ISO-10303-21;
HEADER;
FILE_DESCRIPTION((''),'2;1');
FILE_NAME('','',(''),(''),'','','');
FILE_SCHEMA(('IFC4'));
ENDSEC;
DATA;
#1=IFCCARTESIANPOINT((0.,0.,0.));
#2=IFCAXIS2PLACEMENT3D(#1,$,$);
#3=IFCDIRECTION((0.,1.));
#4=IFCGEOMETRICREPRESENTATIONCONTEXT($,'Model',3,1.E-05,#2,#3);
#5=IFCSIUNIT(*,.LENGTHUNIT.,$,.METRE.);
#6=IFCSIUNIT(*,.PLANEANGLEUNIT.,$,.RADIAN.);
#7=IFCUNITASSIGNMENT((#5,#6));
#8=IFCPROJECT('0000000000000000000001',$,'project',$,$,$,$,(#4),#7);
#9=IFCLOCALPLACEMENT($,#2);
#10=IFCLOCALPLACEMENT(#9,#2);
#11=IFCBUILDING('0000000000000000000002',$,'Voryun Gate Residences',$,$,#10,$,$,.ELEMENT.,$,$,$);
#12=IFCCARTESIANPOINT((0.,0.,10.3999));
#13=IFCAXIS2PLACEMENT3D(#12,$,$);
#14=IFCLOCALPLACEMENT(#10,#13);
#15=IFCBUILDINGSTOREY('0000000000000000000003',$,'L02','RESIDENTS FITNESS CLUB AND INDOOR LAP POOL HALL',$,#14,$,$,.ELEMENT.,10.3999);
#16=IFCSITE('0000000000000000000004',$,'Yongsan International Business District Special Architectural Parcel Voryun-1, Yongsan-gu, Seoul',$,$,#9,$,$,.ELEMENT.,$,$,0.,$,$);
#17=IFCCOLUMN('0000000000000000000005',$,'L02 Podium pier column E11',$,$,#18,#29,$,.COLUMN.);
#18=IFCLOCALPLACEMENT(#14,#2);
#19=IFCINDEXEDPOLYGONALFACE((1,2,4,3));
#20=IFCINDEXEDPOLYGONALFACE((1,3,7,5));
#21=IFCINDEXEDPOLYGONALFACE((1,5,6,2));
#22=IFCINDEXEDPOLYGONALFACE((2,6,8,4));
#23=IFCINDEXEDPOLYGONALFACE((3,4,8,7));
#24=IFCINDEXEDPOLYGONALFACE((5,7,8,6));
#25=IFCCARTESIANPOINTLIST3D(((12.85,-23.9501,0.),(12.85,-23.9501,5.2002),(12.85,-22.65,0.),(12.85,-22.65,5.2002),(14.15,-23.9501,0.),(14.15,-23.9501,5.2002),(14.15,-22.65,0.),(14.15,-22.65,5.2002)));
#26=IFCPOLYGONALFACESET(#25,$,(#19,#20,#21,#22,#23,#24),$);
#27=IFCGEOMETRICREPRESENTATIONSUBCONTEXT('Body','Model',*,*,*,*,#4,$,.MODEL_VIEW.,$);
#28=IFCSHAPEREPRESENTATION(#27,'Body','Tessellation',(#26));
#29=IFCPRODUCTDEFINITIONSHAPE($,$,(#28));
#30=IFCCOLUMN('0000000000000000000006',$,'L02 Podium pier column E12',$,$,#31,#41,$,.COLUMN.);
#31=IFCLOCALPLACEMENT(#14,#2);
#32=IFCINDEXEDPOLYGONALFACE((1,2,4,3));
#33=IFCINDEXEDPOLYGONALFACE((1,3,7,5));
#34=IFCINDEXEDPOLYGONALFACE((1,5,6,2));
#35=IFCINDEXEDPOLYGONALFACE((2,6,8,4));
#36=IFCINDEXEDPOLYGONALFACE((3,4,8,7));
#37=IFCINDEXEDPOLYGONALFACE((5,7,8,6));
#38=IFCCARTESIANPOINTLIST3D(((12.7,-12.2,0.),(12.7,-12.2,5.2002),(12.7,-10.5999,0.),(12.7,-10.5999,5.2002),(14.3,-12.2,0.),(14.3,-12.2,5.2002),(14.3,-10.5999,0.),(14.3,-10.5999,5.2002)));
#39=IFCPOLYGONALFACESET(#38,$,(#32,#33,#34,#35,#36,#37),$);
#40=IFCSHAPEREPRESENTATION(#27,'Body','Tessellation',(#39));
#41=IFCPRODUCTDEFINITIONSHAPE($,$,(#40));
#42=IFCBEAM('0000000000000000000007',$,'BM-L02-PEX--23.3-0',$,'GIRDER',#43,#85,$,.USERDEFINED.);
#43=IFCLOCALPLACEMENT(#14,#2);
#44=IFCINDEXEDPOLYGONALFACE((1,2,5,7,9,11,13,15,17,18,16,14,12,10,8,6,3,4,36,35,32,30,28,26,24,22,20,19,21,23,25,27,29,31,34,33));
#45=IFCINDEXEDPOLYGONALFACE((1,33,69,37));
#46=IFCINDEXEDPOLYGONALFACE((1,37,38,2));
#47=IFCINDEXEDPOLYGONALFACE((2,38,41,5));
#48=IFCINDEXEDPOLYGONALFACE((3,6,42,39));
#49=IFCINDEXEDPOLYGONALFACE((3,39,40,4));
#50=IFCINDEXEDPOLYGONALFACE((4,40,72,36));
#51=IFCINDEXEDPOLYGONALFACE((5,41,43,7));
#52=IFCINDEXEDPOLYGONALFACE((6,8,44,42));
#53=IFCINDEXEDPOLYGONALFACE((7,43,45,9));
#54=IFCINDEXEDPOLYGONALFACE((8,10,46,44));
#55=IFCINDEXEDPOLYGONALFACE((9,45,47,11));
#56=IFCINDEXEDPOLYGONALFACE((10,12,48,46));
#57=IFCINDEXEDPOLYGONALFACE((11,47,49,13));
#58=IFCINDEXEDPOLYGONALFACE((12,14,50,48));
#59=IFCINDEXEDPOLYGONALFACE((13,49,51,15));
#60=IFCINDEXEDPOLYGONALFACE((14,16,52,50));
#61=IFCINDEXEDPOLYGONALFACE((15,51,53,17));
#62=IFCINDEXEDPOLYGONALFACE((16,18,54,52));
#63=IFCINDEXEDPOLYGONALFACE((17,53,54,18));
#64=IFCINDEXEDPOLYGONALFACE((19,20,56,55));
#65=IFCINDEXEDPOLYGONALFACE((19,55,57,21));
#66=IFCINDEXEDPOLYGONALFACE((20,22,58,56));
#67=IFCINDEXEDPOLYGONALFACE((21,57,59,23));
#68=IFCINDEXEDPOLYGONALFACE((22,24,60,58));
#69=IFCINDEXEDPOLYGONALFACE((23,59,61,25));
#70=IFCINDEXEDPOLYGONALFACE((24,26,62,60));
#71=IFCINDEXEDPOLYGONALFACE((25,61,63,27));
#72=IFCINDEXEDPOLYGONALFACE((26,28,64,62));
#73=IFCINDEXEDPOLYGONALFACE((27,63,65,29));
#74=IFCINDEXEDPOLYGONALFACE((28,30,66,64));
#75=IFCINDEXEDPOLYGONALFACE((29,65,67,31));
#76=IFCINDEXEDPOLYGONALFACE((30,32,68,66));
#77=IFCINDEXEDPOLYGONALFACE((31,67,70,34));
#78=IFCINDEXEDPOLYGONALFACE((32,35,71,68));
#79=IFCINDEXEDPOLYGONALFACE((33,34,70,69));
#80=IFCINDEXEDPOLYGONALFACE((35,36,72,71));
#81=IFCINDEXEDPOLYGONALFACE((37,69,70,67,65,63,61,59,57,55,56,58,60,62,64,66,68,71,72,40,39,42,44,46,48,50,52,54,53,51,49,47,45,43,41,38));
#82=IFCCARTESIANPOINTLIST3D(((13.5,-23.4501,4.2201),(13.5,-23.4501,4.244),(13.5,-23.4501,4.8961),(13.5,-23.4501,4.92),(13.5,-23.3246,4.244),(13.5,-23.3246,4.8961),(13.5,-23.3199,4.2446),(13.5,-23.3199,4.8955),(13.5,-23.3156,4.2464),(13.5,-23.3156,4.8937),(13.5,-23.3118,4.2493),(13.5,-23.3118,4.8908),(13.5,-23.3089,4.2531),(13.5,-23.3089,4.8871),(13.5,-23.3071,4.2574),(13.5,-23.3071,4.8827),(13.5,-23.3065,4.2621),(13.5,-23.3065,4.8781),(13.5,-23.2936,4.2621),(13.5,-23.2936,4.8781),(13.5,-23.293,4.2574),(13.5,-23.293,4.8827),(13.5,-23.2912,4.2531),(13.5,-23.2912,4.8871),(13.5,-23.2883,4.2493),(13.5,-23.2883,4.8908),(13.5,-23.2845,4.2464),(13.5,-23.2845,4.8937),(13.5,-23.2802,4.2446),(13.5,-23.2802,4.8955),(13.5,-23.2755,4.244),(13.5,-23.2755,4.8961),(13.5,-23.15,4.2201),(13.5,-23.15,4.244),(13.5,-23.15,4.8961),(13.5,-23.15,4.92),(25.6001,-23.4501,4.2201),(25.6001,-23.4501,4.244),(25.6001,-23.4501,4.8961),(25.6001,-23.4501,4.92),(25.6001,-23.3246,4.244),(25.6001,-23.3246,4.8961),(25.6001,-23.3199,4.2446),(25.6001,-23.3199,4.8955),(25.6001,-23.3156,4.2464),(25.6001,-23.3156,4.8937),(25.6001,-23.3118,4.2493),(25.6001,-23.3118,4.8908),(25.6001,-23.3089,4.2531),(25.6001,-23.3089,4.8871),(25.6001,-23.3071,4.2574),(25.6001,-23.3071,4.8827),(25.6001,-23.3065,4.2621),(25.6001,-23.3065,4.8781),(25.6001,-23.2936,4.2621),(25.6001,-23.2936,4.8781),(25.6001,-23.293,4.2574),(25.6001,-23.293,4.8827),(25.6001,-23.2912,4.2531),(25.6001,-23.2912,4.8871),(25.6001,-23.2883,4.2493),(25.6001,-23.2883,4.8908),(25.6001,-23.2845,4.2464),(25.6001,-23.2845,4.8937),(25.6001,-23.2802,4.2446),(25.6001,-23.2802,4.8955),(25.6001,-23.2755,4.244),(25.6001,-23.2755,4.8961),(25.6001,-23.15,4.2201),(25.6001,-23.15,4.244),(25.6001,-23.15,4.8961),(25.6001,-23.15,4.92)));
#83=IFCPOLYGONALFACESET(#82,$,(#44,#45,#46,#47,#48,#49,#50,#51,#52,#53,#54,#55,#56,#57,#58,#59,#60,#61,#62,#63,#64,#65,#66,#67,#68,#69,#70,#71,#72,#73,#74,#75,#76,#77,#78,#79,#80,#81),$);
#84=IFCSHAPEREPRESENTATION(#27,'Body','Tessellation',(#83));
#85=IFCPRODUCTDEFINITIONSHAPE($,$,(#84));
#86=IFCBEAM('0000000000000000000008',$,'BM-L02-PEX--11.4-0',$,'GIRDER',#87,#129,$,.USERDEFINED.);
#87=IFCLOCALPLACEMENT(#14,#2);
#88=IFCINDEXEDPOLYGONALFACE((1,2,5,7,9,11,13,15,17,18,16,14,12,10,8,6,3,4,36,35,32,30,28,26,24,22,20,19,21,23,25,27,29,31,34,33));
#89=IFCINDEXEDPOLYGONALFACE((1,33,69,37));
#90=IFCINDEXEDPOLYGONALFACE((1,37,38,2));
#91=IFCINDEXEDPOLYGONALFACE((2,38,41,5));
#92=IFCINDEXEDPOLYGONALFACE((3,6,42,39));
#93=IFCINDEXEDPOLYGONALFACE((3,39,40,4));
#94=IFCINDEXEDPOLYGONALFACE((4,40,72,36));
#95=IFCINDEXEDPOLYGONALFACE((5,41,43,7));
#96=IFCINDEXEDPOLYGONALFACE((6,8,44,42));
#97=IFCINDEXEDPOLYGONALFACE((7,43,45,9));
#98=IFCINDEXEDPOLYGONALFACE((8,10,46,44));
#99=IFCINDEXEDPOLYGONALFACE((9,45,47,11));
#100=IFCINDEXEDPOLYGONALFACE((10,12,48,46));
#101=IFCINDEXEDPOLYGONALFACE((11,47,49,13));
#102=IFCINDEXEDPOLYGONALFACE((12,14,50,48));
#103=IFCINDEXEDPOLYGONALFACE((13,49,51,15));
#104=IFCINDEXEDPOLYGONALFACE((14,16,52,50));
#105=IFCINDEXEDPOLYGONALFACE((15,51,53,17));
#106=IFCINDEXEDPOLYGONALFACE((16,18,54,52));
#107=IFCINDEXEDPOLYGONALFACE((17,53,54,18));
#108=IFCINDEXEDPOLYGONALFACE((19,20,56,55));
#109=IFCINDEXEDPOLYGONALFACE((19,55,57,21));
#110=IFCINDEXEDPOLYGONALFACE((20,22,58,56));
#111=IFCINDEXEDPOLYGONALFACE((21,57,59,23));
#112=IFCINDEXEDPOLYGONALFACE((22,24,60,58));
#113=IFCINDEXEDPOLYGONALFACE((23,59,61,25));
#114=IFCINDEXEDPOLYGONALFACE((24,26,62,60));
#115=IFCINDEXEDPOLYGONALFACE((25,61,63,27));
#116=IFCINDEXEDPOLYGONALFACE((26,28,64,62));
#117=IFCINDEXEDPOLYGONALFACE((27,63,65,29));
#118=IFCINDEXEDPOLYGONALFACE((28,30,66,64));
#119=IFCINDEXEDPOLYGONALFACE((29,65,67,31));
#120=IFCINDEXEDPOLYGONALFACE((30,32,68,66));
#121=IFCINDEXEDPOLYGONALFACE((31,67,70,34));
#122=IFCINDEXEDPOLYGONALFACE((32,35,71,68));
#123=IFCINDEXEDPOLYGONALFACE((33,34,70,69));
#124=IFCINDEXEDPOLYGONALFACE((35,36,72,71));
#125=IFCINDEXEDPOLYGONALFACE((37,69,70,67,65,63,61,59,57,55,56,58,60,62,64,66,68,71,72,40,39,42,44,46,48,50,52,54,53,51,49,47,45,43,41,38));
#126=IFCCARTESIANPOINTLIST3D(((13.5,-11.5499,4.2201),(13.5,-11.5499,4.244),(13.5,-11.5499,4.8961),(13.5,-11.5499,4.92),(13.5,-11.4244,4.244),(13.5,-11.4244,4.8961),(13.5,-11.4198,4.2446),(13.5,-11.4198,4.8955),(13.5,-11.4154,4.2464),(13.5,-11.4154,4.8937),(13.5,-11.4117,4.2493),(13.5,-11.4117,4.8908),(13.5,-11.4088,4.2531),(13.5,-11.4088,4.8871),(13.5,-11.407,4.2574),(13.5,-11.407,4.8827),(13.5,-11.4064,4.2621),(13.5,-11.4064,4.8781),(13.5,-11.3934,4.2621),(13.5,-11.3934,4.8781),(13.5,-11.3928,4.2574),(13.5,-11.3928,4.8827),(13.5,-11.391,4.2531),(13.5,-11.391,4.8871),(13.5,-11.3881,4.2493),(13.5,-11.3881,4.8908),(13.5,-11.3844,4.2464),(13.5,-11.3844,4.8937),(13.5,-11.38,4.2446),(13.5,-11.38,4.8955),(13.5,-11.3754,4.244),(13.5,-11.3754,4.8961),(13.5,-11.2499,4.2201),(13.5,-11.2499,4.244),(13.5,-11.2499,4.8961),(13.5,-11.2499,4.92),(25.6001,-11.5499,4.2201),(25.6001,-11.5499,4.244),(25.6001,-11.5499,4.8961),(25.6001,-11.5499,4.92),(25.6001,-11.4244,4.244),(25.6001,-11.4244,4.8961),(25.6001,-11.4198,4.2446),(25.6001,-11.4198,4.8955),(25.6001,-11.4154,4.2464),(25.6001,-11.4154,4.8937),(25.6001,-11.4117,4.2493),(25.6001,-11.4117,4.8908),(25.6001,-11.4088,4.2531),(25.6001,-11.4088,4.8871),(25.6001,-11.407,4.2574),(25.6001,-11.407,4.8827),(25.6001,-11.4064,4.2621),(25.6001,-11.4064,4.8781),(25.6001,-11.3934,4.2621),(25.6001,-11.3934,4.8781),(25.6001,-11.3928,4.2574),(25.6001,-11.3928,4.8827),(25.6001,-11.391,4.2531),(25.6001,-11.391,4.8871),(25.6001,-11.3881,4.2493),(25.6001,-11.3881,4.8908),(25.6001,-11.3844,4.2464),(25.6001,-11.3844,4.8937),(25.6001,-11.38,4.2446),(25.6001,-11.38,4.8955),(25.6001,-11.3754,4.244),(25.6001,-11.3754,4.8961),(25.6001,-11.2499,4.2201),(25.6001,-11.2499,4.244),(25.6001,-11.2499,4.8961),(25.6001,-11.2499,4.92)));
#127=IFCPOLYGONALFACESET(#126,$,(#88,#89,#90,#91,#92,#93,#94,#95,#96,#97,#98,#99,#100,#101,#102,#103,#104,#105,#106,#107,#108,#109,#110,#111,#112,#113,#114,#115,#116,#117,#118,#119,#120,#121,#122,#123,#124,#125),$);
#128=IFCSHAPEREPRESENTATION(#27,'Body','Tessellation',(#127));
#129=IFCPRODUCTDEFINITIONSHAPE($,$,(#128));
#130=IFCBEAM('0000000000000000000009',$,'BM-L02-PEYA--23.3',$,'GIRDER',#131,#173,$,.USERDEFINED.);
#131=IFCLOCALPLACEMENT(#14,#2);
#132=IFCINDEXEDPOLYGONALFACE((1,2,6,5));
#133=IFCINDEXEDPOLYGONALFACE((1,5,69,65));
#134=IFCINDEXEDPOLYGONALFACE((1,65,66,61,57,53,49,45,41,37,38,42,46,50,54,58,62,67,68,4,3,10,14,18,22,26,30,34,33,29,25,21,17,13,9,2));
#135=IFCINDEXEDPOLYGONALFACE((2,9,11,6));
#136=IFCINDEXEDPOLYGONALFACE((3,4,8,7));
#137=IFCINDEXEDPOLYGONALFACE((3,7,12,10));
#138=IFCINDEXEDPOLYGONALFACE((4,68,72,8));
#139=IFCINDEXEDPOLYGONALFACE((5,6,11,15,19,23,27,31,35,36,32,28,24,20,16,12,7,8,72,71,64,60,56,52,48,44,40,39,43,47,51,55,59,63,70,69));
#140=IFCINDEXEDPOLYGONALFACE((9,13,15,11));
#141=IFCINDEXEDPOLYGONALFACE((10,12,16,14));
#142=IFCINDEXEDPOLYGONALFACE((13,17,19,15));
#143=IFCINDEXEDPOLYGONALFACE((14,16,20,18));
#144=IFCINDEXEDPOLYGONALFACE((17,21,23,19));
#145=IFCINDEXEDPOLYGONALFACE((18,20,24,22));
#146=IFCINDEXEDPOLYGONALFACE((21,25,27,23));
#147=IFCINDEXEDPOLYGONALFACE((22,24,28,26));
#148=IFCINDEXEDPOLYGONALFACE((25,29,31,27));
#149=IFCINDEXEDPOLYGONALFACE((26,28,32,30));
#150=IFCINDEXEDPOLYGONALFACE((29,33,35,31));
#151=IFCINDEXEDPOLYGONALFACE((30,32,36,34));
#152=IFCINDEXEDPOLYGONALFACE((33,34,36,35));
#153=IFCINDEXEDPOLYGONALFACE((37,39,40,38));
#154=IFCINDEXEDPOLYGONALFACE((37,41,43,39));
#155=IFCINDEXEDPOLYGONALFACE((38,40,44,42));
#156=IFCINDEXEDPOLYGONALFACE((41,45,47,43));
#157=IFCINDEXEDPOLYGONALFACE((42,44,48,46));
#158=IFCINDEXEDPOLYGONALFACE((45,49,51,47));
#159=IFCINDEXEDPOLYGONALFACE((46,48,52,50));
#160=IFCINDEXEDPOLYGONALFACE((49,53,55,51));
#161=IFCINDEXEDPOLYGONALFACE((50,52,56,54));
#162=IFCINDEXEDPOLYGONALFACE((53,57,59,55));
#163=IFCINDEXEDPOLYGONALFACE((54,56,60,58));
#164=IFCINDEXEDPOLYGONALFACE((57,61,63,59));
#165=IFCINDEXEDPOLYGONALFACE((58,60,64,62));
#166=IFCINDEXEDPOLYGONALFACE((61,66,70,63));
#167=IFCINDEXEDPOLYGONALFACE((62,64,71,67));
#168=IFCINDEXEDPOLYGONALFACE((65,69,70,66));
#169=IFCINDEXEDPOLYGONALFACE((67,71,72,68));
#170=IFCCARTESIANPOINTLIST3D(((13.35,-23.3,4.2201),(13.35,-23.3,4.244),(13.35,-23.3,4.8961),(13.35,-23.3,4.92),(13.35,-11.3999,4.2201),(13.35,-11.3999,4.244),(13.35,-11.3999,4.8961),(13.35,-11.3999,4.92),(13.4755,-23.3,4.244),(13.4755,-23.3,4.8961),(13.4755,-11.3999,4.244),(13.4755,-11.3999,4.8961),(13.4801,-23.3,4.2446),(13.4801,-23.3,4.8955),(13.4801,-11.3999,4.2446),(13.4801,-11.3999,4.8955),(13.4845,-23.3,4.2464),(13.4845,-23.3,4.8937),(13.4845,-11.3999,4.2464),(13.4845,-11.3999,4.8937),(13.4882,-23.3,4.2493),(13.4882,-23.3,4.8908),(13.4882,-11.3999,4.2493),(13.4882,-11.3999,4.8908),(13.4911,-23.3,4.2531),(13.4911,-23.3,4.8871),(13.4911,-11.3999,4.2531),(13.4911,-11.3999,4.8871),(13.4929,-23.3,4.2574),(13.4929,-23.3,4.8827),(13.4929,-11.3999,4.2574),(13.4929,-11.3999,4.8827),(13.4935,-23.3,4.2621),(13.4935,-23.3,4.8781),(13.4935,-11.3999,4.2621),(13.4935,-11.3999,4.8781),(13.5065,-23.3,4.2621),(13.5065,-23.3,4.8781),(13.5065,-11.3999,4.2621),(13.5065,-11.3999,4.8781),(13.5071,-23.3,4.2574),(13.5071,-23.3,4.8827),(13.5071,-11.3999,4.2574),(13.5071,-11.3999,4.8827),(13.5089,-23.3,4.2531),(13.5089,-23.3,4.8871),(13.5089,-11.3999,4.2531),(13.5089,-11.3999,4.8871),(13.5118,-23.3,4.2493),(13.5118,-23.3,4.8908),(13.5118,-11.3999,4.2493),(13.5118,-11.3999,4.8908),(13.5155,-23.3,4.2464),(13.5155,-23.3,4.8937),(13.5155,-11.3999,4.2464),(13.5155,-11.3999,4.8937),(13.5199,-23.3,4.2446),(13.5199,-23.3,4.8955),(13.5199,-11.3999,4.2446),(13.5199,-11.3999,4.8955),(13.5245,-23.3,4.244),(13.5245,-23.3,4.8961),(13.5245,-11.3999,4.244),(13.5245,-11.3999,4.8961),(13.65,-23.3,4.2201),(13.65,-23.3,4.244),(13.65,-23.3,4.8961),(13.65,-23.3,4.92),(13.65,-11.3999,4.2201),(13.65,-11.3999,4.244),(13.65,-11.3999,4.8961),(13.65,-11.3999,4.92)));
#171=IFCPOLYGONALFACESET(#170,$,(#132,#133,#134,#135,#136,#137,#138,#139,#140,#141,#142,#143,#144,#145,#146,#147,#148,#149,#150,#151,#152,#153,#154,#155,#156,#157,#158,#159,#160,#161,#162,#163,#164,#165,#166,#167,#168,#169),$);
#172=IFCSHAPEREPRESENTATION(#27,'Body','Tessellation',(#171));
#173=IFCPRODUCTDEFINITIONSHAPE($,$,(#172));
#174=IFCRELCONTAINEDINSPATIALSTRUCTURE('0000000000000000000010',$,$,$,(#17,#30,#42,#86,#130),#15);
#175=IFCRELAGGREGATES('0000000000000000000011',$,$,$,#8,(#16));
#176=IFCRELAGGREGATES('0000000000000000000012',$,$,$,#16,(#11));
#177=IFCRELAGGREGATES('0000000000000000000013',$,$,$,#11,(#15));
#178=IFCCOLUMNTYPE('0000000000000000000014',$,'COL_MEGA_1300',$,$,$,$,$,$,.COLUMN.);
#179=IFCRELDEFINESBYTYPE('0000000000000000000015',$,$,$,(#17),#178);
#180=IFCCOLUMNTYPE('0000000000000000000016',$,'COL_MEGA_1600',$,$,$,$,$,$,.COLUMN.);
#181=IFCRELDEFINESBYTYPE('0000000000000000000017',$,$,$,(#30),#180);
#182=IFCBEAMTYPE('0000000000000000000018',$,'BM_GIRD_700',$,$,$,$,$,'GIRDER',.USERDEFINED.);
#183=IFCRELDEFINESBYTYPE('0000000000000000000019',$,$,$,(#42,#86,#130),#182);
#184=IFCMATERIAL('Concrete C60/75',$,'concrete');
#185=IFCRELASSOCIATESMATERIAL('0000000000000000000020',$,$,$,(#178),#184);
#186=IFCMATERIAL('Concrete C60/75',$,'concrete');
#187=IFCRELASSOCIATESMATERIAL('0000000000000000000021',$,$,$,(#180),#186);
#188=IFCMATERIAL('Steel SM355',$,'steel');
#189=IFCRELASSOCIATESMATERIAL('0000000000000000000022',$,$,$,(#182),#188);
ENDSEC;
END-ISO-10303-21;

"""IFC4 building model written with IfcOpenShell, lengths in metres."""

from ifc_helpers import new_model, si_unit, direction, frame, origin, origin_2d, place, context, subcontext, project, spatial, rectangle, i_section, extrude, material, material_profile, profile_set, type_object, element, save


model = new_model("IFC4")

# Units and contexts
model_context = context("Model", 3, precision=1e-05, world=origin(), true_north=direction((0.0, 1.0)))
body_context = subcontext(model_context, "Body", "Model", "MODEL_VIEW")
ifc_project = project(units=[si_unit("LENGTHUNIT", "METRE"), si_unit("PLANEANGLEUNIT", "RADIAN")], contexts=[model_context])

# Site, building, storey
site_placement = place(None, origin())
site = spatial("IfcSite", under=ifc_project, at=site_placement, Name="Yongsan International Business District Special Architectural Parcel Voryun-1, Yongsan-gu, Seoul", CompositionType="ELEMENT", RefElevation=0.0)
building_placement = place(site_placement, origin())
building = spatial("IfcBuilding", under=site, at=building_placement, Name="Voryun Gate Residences", CompositionType="ELEMENT")
storey_placement = place(building_placement, frame((0.0, 0.0, 10.3999)))
storey = spatial("IfcBuildingStorey", under=building, at=storey_placement, Name="L02", Description="RESIDENTS FITNESS CLUB AND INDOOR LAP POOL HALL", CompositionType="ELEMENT", Elevation=10.3999)

# Columns
ifc_material_1 = material(Name="Concrete C60/75", Category="concrete")
ifc_material_profile_1 = material_profile(ifc_material_1, rectangle(XDim=1.3, YDim=1.3, at=origin_2d()), Name="RC-1300x1300")
ifc_profile_set_1 = profile_set([ifc_material_profile_1], Name="Concrete C60/75")
column_type_1 = type_object("IfcColumnType", Name="COL_MEGA_1300", PredefinedType="COLUMN", material=ifc_profile_set_1)
column_1_placement = place(storey_placement, frame((13.5, -23.3, 0.0), z_axis=(0.0, 0.0, 1.0), x_axis=(1.0, 0.0, 0.0)))
element("IfcColumn", 1, at=column_1_placement, inside=storey, type_object=column_type_1, Name="L02 Podium pier column E11", PredefinedType="COLUMN", context=body_context, shape_type="SweptSolid", body=[
    extrude(rectangle(XDim=1.3, YDim=1.3, at=origin_2d()), origin(), (0.0, 0.0, 1.0), 5.2002),
])
ifc_material_2 = material(Name="Concrete C60/75", Category="concrete")
ifc_material_profile_2 = material_profile(ifc_material_2, rectangle(XDim=1.6001, YDim=1.6001, at=origin_2d()), Name="RC-1600x1600")
ifc_profile_set_2 = profile_set([ifc_material_profile_2], Name="Concrete C60/75")
column_type_2 = type_object("IfcColumnType", Name="COL_MEGA_1600", PredefinedType="COLUMN", material=ifc_profile_set_2)
column_2_placement = place(storey_placement, frame((13.5, -11.3999, 0.0), z_axis=(0.0, 0.0, 1.0), x_axis=(1.0, 0.0, 0.0)))
element("IfcColumn", 2, at=column_2_placement, inside=storey, type_object=column_type_2, Name="L02 Podium pier column E12", PredefinedType="COLUMN", context=body_context, shape_type="SweptSolid", body=[
    extrude(rectangle(XDim=1.6001, YDim=1.6001, at=origin_2d()), origin(), (0.0, 0.0, 1.0), 5.2002),
])

# Beams
ifc_material_3 = material(Name="Steel SM355", Category="steel")
ifc_material_profile_3 = material_profile(ifc_material_3, i_section(OverallWidth=0.3, OverallDepth=0.7, WebThickness=0.0129, FlangeThickness=0.0239, FilletRadius=0.0181, at=origin_2d()), Name="H-700x300x13x24")
ifc_profile_set_3 = profile_set([ifc_material_profile_3], Name="Steel SM355")
beam_type = type_object("IfcBeamType", Name="BM_GIRD_700", ElementType="GIRDER", PredefinedType="USERDEFINED", material=ifc_profile_set_3)
for number, where, z_axis, x_axis, name in (
    (3, (13.5, -23.3, 4.5701), (1.0, 0.0, 0.0), (0.0, 1.0, 0.0), "BM-L02-PEX--23.3-0"),
    (4, (13.5, -11.3999, 4.5701), (1.0, 0.0, 0.0), (0.0, 1.0, 0.0), "BM-L02-PEX--11.4-0"),
):
    element("IfcBeam", number, at=place(storey_placement, frame(where, z_axis=z_axis, x_axis=x_axis)), inside=storey, type_object=beam_type, Name=name, ObjectType="GIRDER", PredefinedType="USERDEFINED", context=body_context, shape_type="SweptSolid", body=[
        extrude(i_section(OverallWidth=0.3, OverallDepth=0.7, WebThickness=0.0129, FlangeThickness=0.0239, FilletRadius=0.0181, at=origin_2d()), origin(), (0.0, 0.0, 1.0), 12.1001),
    ])
beam_1_placement = place(storey_placement, frame((13.5, -23.3, 4.5701), z_axis=(0.0, 1.0, 0.0), x_axis=(-1.0, 0.0, 0.0)))
element("IfcBeam", 5, at=beam_1_placement, inside=storey, type_object=beam_type, Name="BM-L02-PEYA--23.3", ObjectType="GIRDER", PredefinedType="USERDEFINED", context=body_context, shape_type="SweptSolid", body=[
    extrude(i_section(OverallWidth=0.3, OverallDepth=0.7, WebThickness=0.0129, FlangeThickness=0.0239, FilletRadius=0.0181, at=origin_2d()), origin(), (0.0, 0.0, 1.0), 11.9001),
])

save(model, "model.ifc")
